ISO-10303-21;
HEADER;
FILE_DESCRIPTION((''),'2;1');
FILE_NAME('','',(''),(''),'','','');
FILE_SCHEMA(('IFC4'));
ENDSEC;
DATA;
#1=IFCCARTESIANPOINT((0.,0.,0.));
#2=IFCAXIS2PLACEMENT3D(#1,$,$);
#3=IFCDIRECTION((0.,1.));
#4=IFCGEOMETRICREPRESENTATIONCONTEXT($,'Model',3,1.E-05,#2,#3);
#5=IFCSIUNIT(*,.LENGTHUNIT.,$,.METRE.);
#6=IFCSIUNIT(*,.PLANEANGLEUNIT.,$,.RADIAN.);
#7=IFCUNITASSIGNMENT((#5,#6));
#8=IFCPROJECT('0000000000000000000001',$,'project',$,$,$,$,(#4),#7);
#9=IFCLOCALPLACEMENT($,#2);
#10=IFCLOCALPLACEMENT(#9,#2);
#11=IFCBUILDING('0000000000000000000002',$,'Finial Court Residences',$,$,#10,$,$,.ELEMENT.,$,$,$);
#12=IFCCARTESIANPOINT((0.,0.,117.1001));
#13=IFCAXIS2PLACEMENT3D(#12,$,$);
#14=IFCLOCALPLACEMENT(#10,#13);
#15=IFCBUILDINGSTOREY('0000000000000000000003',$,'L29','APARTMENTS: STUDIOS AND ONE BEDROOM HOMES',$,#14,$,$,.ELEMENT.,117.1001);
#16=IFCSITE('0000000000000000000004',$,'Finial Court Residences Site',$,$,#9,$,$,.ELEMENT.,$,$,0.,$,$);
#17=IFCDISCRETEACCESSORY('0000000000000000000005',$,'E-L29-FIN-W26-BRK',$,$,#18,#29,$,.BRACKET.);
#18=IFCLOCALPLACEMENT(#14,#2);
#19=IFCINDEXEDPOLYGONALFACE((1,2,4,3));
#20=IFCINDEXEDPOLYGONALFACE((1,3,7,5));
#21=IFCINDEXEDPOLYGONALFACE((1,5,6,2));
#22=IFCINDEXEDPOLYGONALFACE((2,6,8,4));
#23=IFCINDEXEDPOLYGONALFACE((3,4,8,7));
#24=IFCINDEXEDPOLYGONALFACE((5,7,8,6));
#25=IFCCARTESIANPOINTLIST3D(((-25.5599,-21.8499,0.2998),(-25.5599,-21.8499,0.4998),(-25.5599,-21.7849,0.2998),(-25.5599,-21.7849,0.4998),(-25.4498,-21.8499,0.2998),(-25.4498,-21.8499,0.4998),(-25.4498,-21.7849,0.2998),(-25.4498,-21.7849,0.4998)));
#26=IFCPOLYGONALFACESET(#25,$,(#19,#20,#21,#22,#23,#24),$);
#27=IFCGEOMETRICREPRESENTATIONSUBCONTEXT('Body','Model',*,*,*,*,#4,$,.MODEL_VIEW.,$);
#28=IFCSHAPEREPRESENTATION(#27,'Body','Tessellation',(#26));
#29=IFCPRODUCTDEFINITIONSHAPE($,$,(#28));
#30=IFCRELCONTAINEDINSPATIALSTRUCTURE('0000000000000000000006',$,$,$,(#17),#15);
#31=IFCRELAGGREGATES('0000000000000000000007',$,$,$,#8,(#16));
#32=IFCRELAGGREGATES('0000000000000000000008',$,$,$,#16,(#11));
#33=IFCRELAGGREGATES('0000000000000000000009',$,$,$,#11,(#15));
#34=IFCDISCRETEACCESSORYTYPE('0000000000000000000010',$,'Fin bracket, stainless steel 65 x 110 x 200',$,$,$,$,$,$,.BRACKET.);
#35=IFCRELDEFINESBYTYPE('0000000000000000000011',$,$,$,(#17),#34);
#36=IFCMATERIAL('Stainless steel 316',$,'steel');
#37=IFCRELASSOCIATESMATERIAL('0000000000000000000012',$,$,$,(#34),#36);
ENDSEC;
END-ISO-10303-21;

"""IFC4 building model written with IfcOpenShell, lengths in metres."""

from ifc_helpers import new_model, si_unit, direction, frame, origin, origin_2d, place, context, subcontext, project, spatial, rectangle, extrude, material, type_object, element, save


model = new_model("IFC4")

# Units and contexts
model_context = context("Model", 3, precision=1e-05, world=origin(), true_north=direction((0.0, 1.0)))
body_context = subcontext(model_context, "Body", "Model", "MODEL_VIEW")
ifc_project = project(units=[si_unit("LENGTHUNIT", "METRE"), si_unit("PLANEANGLEUNIT", "RADIAN")], contexts=[model_context])

# Site, building, storey
site_placement = place(None, origin())
site = spatial("IfcSite", under=ifc_project, at=site_placement, Name="Finial Court Residences Site", CompositionType="ELEMENT", RefElevation=0.0)
building_placement = place(site_placement, origin())
building = spatial("IfcBuilding", under=site, at=building_placement, Name="Finial Court Residences", CompositionType="ELEMENT")
storey_placement = place(building_placement, frame((0.0, 0.0, 117.1001)))
storey = spatial("IfcBuildingStorey", under=building, at=storey_placement, Name="L29", Description="APARTMENTS: STUDIOS AND ONE BEDROOM HOMES", CompositionType="ELEMENT", Elevation=117.1001)

# Discrete accessory
ifc_material_1 = material(Name="Stainless steel 316", Category="steel")
discrete_accessory_type = type_object("IfcDiscreteAccessoryType", Name="Fin bracket, stainless steel 65 x 110 x 200", PredefinedType="BRACKET", material=ifc_material_1)
discrete_accessory_placement = place(storey_placement, frame((-25.5049, -21.8174, 0.2998), z_axis=(0.0, 0.0, 1.0), x_axis=(1.0, 0.0, 0.0)))
element("IfcDiscreteAccessory", 1, at=discrete_accessory_placement, inside=storey, type_object=discrete_accessory_type, Name="E-L29-FIN-W26-BRK", PredefinedType="BRACKET", context=body_context, shape_type="SweptSolid", body=[
    extrude(rectangle(XDim=0.1101, YDim=0.0649, at=origin_2d()), origin(), (0.0, 0.0, 1.0), 0.2),
])

save(model, "model.ifc")
